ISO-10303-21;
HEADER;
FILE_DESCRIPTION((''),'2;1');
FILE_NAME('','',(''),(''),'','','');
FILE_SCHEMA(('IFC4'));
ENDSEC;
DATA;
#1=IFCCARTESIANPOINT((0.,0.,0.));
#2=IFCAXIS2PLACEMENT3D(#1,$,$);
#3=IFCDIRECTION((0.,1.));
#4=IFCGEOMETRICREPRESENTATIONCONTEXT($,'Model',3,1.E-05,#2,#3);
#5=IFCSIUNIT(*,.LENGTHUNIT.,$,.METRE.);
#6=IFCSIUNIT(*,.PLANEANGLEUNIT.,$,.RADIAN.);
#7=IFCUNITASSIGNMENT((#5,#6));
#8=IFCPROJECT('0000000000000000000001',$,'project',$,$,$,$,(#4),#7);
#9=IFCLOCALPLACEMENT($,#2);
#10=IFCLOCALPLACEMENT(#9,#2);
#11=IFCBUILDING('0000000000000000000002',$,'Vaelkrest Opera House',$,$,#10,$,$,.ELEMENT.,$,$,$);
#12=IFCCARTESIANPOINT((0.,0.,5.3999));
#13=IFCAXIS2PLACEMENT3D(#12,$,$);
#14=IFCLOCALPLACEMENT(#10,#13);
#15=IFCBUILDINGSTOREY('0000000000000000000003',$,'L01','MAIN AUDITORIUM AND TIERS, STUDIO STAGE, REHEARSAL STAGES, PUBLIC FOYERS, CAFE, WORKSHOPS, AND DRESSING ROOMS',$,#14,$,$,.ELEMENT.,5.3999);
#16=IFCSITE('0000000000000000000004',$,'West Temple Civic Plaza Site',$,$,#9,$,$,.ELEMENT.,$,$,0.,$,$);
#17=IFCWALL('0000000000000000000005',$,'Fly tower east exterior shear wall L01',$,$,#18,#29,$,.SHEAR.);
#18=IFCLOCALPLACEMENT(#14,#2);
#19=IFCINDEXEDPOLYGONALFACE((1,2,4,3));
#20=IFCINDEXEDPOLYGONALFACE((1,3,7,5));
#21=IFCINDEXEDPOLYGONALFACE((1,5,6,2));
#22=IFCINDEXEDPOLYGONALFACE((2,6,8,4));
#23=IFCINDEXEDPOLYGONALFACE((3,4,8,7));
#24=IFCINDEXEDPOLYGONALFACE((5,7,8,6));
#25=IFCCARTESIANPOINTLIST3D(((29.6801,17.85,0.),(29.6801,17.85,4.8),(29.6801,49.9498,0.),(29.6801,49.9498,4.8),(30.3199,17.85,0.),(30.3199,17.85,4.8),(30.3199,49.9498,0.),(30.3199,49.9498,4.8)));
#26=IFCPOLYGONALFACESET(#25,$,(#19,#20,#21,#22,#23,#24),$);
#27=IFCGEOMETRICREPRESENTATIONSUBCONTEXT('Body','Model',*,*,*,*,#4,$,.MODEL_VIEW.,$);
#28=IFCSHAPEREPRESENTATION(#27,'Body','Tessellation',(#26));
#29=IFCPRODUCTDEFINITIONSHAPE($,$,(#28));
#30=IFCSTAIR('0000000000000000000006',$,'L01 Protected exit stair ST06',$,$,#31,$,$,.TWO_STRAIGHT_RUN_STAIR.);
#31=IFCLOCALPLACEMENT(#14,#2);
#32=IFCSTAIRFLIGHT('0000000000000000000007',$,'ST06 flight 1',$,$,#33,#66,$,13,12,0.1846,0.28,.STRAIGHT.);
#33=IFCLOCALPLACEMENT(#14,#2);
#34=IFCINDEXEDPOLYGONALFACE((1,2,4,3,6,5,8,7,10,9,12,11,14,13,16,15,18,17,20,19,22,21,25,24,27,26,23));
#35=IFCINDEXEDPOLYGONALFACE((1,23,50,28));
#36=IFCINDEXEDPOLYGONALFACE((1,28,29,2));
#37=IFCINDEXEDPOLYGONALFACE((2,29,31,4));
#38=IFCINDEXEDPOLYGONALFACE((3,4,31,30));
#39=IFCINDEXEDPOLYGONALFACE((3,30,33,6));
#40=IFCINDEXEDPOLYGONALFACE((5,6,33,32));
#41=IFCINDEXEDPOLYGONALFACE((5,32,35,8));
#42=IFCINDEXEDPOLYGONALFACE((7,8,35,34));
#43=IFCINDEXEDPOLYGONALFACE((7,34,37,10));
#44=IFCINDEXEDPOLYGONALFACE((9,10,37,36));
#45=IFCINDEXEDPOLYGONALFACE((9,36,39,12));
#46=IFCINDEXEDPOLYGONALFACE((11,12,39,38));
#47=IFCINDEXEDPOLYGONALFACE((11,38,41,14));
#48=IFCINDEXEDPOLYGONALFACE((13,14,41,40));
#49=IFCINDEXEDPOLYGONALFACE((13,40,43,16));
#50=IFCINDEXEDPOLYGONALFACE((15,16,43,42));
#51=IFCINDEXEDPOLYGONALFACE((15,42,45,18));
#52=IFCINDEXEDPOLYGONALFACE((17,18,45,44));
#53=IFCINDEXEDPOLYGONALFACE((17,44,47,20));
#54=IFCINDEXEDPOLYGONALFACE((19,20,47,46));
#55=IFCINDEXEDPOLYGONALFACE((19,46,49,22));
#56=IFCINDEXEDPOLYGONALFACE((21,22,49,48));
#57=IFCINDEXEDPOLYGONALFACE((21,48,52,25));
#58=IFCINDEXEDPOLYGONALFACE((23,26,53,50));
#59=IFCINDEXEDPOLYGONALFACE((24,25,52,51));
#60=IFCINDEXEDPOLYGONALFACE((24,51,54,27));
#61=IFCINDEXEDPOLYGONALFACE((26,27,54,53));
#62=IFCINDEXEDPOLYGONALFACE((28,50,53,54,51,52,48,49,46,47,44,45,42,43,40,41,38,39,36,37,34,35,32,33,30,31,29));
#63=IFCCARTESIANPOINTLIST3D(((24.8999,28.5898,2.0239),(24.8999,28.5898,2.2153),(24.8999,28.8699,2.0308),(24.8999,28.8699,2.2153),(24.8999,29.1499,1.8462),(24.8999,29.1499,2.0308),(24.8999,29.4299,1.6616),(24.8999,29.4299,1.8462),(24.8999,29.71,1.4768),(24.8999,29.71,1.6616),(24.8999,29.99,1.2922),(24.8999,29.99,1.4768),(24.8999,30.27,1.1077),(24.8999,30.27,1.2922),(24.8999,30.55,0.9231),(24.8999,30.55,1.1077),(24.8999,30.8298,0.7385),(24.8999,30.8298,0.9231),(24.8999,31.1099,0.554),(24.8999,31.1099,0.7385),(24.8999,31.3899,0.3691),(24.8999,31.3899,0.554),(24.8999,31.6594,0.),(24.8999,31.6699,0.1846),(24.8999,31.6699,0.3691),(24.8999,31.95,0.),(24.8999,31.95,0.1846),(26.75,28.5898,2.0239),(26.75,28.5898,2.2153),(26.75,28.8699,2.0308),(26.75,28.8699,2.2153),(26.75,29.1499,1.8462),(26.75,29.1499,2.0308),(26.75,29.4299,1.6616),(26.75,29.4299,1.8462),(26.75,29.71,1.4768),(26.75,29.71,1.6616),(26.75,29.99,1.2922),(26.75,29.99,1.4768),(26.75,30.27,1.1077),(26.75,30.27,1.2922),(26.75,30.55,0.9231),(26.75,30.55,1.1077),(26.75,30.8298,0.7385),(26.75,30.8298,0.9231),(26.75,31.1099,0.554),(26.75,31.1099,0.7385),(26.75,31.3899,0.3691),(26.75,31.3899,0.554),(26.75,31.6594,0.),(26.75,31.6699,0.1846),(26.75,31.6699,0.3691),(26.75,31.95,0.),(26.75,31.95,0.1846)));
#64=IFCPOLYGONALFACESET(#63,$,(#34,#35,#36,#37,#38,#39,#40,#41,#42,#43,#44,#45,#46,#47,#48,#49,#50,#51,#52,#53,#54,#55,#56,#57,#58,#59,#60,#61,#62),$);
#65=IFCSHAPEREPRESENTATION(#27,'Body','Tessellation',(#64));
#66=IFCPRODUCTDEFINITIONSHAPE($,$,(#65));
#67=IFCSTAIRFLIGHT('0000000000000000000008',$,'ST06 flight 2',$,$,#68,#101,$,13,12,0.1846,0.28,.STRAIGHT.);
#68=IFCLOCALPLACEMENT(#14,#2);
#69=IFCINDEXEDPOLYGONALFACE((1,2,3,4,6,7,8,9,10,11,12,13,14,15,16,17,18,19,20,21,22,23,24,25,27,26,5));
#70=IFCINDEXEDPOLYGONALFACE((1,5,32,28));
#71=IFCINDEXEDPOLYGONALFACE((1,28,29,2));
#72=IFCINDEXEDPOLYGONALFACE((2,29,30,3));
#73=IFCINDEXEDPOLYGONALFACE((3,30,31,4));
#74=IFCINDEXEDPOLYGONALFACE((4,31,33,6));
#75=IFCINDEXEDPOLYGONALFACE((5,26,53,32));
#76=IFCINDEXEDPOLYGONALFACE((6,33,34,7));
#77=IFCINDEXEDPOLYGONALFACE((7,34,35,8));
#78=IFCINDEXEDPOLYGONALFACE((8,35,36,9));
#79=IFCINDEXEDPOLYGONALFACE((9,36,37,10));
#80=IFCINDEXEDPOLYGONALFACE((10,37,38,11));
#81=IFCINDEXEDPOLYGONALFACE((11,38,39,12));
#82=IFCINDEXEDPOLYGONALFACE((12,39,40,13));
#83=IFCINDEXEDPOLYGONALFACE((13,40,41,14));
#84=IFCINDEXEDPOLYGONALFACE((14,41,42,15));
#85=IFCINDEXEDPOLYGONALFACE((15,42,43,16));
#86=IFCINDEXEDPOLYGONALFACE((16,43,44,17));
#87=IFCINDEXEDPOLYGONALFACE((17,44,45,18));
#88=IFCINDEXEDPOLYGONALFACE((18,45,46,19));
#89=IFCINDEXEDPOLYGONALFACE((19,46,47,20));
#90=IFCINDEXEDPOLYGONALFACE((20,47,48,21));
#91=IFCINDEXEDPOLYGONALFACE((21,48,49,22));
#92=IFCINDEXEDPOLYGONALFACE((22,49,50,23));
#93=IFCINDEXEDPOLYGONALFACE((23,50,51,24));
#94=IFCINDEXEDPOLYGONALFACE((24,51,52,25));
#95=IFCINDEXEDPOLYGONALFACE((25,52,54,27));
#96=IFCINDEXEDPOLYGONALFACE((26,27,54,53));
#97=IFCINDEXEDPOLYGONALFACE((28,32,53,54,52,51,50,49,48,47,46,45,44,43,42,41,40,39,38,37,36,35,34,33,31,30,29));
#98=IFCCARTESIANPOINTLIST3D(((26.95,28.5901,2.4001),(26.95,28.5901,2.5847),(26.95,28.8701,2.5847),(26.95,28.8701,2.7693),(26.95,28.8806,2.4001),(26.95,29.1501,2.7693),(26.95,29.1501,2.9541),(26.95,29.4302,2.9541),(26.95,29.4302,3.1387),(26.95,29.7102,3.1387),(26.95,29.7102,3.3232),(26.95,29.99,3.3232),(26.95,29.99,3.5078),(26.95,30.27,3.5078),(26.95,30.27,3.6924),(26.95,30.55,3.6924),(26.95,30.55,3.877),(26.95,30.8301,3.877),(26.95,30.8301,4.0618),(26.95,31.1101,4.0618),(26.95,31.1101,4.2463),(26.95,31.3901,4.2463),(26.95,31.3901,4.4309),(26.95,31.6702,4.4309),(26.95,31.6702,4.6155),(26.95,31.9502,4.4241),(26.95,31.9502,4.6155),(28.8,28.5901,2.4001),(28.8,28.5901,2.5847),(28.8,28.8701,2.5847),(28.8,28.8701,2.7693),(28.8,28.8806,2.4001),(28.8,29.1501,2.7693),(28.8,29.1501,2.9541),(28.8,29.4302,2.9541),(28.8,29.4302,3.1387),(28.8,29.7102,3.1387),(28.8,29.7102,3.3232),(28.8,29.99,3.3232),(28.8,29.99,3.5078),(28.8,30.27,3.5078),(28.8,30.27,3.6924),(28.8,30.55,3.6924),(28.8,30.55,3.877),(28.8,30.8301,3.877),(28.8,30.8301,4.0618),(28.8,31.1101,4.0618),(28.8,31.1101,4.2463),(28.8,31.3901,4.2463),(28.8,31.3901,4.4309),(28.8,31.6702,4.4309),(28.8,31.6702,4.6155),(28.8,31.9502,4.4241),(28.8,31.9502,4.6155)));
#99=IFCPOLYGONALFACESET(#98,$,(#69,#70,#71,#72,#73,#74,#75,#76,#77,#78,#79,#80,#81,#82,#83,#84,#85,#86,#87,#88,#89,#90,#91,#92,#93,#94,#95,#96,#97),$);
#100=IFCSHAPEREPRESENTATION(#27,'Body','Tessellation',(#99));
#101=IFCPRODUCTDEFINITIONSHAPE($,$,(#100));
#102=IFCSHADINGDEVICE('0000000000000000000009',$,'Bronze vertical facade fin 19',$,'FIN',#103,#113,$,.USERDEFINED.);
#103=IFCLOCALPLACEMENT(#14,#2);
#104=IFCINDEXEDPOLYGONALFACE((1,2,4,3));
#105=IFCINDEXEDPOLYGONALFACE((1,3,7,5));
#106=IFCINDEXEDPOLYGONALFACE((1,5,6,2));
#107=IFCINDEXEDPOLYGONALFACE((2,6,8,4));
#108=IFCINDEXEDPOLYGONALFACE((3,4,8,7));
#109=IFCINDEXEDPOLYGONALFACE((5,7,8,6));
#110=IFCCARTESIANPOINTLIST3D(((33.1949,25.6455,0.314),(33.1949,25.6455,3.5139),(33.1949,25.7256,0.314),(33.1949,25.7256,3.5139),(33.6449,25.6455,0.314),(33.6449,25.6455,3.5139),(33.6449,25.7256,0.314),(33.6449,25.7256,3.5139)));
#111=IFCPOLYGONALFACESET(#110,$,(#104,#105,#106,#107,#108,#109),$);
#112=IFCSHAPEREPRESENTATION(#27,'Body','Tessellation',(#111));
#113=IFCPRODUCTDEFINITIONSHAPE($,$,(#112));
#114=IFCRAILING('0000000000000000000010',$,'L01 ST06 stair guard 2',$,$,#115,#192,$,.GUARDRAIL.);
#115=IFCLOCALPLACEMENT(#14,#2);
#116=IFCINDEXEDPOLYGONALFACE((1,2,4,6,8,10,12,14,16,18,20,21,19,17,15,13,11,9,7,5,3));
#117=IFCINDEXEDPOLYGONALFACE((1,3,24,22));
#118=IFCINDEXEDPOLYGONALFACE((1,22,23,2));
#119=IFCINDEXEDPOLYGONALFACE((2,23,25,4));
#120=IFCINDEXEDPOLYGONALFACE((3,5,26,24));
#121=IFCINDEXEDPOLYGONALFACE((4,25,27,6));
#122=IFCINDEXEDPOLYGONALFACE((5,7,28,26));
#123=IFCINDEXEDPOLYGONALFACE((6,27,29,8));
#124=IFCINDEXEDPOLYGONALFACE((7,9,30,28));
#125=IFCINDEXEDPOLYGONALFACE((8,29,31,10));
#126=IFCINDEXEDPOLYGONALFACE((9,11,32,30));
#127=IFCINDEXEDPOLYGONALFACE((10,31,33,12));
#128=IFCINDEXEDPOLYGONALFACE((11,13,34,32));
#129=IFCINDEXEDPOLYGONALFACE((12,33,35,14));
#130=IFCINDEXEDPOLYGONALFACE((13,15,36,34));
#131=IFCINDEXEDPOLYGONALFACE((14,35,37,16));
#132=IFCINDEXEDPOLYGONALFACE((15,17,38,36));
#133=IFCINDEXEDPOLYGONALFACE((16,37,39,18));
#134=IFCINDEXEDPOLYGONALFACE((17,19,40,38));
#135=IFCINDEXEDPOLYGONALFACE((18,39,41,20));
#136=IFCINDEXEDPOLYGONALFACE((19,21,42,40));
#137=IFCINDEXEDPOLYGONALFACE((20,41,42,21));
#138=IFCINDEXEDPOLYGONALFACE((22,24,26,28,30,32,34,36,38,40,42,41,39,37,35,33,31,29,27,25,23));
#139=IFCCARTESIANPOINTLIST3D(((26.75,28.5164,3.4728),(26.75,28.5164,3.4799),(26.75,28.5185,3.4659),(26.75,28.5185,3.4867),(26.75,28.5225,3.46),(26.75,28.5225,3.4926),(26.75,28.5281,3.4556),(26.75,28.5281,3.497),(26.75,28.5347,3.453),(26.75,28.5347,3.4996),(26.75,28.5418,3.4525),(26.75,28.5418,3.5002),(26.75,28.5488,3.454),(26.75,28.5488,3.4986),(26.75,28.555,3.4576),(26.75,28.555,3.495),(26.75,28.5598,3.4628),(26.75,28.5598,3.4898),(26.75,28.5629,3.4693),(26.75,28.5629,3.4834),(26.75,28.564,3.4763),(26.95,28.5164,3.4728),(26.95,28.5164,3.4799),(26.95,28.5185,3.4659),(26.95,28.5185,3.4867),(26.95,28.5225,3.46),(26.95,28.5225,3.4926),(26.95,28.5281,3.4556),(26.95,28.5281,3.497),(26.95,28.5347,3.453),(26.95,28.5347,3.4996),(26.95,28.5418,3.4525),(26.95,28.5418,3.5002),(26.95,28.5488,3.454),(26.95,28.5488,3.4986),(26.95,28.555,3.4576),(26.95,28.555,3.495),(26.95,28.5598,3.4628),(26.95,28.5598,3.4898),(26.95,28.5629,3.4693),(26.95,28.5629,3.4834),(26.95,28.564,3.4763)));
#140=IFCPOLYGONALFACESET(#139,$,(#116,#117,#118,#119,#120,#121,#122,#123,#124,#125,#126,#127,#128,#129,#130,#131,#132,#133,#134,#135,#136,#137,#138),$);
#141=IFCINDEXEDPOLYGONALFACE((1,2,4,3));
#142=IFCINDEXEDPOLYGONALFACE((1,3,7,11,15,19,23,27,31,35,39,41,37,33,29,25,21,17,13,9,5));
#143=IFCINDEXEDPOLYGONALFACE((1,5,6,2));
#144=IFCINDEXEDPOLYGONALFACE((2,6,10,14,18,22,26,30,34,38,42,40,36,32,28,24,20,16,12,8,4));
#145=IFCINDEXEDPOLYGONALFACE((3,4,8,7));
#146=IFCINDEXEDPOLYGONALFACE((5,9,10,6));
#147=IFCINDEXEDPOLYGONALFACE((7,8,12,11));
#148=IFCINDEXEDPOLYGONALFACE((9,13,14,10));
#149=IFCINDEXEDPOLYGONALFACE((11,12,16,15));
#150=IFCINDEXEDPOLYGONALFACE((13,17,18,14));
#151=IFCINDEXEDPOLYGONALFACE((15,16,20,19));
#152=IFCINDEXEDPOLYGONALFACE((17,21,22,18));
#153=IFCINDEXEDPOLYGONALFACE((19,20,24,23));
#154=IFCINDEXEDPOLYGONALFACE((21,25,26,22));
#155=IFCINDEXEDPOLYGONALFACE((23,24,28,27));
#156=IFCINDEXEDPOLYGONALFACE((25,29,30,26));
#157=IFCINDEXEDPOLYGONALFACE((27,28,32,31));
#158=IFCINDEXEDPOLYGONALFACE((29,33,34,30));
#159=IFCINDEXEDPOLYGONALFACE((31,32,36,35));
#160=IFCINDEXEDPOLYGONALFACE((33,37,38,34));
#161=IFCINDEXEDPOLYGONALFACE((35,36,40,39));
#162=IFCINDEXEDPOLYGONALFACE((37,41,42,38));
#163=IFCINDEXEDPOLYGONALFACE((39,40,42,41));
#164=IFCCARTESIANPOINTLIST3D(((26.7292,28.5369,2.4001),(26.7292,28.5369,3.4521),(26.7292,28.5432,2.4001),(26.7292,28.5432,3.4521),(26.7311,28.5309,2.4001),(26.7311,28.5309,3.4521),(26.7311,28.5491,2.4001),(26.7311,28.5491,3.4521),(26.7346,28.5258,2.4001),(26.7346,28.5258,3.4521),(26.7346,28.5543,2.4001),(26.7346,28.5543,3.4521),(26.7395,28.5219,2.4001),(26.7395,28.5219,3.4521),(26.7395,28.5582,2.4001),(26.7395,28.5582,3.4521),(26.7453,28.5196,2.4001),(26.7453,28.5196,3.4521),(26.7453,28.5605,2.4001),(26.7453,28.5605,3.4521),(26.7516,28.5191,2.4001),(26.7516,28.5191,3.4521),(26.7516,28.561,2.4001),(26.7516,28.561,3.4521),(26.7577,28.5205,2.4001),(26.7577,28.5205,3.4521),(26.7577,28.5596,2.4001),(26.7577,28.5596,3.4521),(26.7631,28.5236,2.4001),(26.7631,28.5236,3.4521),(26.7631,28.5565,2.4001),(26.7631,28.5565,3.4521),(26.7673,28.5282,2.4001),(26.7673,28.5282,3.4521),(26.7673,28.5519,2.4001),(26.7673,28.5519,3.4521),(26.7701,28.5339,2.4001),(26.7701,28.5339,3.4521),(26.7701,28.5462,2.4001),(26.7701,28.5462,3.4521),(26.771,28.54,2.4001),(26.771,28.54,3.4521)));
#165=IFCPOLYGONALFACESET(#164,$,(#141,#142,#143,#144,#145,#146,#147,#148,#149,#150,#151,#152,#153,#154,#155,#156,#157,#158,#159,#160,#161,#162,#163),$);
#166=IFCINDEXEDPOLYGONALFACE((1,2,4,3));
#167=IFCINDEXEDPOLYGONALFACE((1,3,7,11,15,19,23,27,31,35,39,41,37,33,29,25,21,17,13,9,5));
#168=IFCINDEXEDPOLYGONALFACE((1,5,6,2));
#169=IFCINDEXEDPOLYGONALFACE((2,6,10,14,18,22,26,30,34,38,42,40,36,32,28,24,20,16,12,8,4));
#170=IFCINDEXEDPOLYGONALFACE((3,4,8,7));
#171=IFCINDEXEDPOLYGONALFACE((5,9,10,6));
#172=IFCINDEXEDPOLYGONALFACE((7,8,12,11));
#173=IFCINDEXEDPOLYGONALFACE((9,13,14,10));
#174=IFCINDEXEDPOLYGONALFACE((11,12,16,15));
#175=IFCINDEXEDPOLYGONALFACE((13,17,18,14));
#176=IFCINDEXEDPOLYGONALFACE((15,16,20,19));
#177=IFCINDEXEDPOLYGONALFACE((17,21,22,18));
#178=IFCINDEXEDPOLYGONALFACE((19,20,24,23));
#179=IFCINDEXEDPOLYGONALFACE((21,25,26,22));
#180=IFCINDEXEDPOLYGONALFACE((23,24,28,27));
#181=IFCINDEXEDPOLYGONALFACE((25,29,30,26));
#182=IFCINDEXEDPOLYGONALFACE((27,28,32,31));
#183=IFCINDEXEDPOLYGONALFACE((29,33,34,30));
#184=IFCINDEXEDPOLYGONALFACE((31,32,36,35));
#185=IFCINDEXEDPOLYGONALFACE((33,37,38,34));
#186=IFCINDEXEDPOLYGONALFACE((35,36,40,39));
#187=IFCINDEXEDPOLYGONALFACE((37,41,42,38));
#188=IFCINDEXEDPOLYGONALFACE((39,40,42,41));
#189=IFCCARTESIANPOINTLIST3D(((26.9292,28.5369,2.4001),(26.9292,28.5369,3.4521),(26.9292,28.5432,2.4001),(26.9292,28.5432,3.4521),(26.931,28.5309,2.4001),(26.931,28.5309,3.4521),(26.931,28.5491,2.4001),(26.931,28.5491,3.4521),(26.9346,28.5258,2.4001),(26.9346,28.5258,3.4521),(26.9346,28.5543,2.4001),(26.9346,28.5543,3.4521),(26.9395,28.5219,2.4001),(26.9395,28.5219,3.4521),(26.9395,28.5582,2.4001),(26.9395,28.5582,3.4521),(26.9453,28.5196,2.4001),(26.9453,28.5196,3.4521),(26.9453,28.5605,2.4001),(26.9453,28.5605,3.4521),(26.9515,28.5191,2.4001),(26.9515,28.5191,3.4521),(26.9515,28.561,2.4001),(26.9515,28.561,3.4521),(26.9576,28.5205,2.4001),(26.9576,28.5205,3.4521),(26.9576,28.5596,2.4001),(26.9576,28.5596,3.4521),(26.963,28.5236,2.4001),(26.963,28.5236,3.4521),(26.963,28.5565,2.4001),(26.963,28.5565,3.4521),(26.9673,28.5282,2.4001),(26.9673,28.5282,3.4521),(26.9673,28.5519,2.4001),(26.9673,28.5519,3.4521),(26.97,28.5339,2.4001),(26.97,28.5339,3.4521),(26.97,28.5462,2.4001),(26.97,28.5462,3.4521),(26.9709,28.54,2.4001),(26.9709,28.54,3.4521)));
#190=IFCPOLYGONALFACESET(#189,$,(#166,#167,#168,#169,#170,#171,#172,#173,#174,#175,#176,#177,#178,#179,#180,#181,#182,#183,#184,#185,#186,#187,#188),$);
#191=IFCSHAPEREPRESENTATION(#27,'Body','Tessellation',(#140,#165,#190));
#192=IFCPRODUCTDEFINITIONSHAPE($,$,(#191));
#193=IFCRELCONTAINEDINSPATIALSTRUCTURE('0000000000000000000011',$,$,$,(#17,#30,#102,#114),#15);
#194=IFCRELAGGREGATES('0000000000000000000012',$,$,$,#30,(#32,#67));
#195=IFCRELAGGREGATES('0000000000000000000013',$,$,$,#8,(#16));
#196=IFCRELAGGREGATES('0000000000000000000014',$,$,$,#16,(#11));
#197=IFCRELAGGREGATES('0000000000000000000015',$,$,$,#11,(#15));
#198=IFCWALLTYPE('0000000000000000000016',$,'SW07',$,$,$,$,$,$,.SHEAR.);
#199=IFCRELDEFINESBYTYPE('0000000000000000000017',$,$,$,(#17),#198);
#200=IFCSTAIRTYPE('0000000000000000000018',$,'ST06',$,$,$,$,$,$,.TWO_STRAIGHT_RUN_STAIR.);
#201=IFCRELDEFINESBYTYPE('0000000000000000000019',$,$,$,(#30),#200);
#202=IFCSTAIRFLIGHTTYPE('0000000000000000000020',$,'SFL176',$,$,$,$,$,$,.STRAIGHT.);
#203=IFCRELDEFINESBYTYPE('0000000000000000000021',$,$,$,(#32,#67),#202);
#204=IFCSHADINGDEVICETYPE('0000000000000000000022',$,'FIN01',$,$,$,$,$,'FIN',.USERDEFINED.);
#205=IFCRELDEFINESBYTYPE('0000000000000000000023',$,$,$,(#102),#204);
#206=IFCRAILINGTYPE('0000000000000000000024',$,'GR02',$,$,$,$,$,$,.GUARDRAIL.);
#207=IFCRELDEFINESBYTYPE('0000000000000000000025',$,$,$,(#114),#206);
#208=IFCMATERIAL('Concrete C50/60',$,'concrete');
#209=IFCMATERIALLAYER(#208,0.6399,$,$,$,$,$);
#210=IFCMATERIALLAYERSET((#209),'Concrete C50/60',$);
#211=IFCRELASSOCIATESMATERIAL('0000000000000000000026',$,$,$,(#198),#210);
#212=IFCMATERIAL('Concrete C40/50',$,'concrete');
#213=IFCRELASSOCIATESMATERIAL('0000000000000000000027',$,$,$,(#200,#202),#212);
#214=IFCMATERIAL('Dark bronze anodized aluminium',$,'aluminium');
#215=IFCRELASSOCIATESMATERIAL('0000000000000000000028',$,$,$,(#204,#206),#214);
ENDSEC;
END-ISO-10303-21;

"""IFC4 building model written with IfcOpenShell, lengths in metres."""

from ifc_helpers import new_model, si_unit, direction, frame, frame_2d, origin, origin_2d, place, context, subcontext, project, spatial, polyline, rectangle, circle, outline, extrude, material, layer, layer_set, type_object, element, aggregate, save


model = new_model("IFC4")

# Units and contexts
model_context = context("Model", 3, precision=1e-05, world=origin(), true_north=direction((0.0, 1.0)))
body_context = subcontext(model_context, "Body", "Model", "MODEL_VIEW")
ifc_project = project(units=[si_unit("LENGTHUNIT", "METRE"), si_unit("PLANEANGLEUNIT", "RADIAN")], contexts=[model_context])

# Site, building, storey
site_placement = place(None, origin())
site = spatial("IfcSite", under=ifc_project, at=site_placement, Name="West Temple Civic Plaza Site", CompositionType="ELEMENT", RefElevation=0.0)
building_placement = place(site_placement, origin())
building = spatial("IfcBuilding", under=site, at=building_placement, Name="Vaelkrest Opera House", CompositionType="ELEMENT")
storey_placement = place(building_placement, frame((0.0, 0.0, 5.3999)))
storey = spatial("IfcBuildingStorey", under=building, at=storey_placement, Name="L01", Description="MAIN AUDITORIUM AND TIERS, STUDIO STAGE, REHEARSAL STAGES, PUBLIC FOYERS, CAFE, WORKSHOPS, AND DRESSING ROOMS", CompositionType="ELEMENT", Elevation=5.3999)

# Shared definitions
ifc_material_1 = material(Name="Concrete C50/60", Category="concrete")

# Wall
ifc_layer_1 = layer(ifc_material_1, 0.6399)
ifc_layer_set_1 = layer_set([ifc_layer_1], Name="Concrete C50/60")
wall_type_1 = type_object("IfcWallType", Name="SW07", PredefinedType="SHEAR", material=ifc_layer_set_1)
wall_1_placement = place(storey_placement, frame((30.0, 17.8501, 0.0), z_axis=(0.0, 0.0, 1.0), x_axis=(0.0, 1.0, 0.0)))
element("IfcWall", 1, at=wall_1_placement, inside=storey, type_object=wall_type_1, Name="Fly tower east exterior shear wall L01", PredefinedType="SHEAR", context=body_context, shape_type="SweptSolid", body=[
    extrude(rectangle(XDim=32.0999, YDim=0.6399, at=frame_2d((16.0498, 0.0))), origin(), (0.0, 0.0, 1.0), 4.8),
])

# Stair, stair flights
ifc_material_2 = material(Name="Concrete C40/50", Category="concrete")
stair_type = type_object("IfcStairType", Name="ST06", PredefinedType="TWO_STRAIGHT_RUN_STAIR", material=ifc_material_2)
stair_placement = place(storey_placement, origin())
stair = element("IfcStair", 2, at=stair_placement, inside=storey, type_object=stair_type, Name="L01 Protected exit stair ST06", PredefinedType="TWO_STRAIGHT_RUN_STAIR")
stair_flight_type = type_object("IfcStairFlightType", Name="SFL176", PredefinedType="STRAIGHT", material=ifc_material_2)
stair_flight_1_placement = place(storey_placement, frame((25.825, 31.95, 0.0), z_axis=(0.0, 0.0, 1.0), x_axis=(0.0, -1.0, 0.0)))
stair_flight_1 = element("IfcStairFlight", 3, at=stair_flight_1_placement, type_object=stair_flight_type, Name="ST06 flight 1", NumberOfRisers=13, NumberOfTreads=12, PredefinedType="STRAIGHT", RiserHeight=0.1846, TreadLength=0.28, context=body_context, shape_type="SweptSolid", body=[
    extrude(outline(polyline([(0.0, 0.0), (0.0, 0.1846), (0.28, 0.1846), (0.28, 0.3691), (0.5601, 0.3691), (0.5601, 0.554), (0.8401, 0.554), (0.8401, 0.7385), (1.1201, 0.7385), (1.1201, 0.9231), (1.3999, 0.9231), (1.3999, 1.1077), (1.6799, 1.1077), (1.6799, 1.2922), (1.96, 1.2922), (1.96, 1.4768), (2.24, 1.4768), (2.24, 1.6616), (2.52, 1.6616), (2.52, 1.8462), (2.8, 1.8462), (2.8, 2.0308), (3.0801, 2.0308), (3.0801, 2.2153), (3.3601, 2.2153), (3.3601, 2.3999), (3.3601, 2.0239), (0.2905, 0.0), (0.0, 0.0)])), frame((0.0, 0.925, 0.0), z_axis=(0.0, -1.0, 0.0), x_axis=(1.0, 0.0, 0.0)), (0.0, 0.0, 1.0), 1.8501),
])
stair_flight_2_placement = place(storey_placement, frame((27.875, 28.5901, 2.4001), z_axis=(0.0, 0.0, 1.0), x_axis=(0.0, 1.0, 0.0)))
stair_flight_2 = element("IfcStairFlight", 4, at=stair_flight_2_placement, type_object=stair_flight_type, Name="ST06 flight 2", NumberOfRisers=13, NumberOfTreads=12, PredefinedType="STRAIGHT", RiserHeight=0.1846, TreadLength=0.28, context=body_context, shape_type="SweptSolid", body=[
    extrude(outline(polyline([(0.0, 0.0), (0.0, 0.1846), (0.28, 0.1846), (0.28, 0.3691), (0.5601, 0.3691), (0.5601, 0.554), (0.8401, 0.554), (0.8401, 0.7385), (1.1201, 0.7385), (1.1201, 0.9231), (1.3999, 0.9231), (1.3999, 1.1077), (1.6799, 1.1077), (1.6799, 1.2922), (1.96, 1.2922), (1.96, 1.4768), (2.24, 1.4768), (2.24, 1.6616), (2.52, 1.6616), (2.52, 1.8462), (2.8, 1.8462), (2.8, 2.0308), (3.0801, 2.0308), (3.0801, 2.2153), (3.3601, 2.2153), (3.3601, 2.3999), (3.3601, 2.0239), (0.2905, 0.0), (0.0, 0.0)])), frame((0.0, 0.925, 0.0), z_axis=(0.0, -1.0, 0.0), x_axis=(1.0, 0.0, 0.0)), (0.0, 0.0, 1.0), 1.8501),
])
aggregate(stair, [stair_flight_1, stair_flight_2])

# Shading device
ifc_material_3 = material(Name="Dark bronze anodized aluminium", Category="aluminium")
shading_device_type = type_object("IfcShadingDeviceType", Name="FIN01", ElementType="FIN", PredefinedType="USERDEFINED", material=ifc_material_3)
shading_device_placement = place(storey_placement, frame((33.4199, 25.6855, 0.314), z_axis=(0.0, 0.0, 1.0), x_axis=(-1.0, 0.0, 0.0)))
element("IfcShadingDevice", 5, at=shading_device_placement, inside=storey, type_object=shading_device_type, Name="Bronze vertical facade fin 19", ObjectType="FIN", PredefinedType="USERDEFINED", context=body_context, shape_type="SweptSolid", body=[
    extrude(rectangle(XDim=0.45, YDim=0.0801, at=origin_2d()), origin(), (0.0, 0.0, 1.0), 3.2),
])

# Railing
railing_type_1 = type_object("IfcRailingType", Name="GR02", PredefinedType="GUARDRAIL", material=ifc_material_3)
railing_1_placement = place(storey_placement, frame((26.75, 28.54, 2.4001)))
element("IfcRailing", 6, at=railing_1_placement, inside=storey, type_object=railing_type_1, Name="L01 ST06 stair guard 2", PredefinedType="GUARDRAIL", context=body_context, shape_type="SweptSolid", body=[
    extrude(circle(Radius=0.0239, at=origin_2d()), frame((0.0, 0.0, 1.0762), z_axis=(1.0, 0.0, 0.0), x_axis=(0.0, 1.0, 0.0)), (0.0, 0.0, 1.0), 0.2),
    extrude(circle(Radius=0.021, at=origin_2d()), origin(), (0.0, 0.0, 1.0), 1.052),
    extrude(circle(Radius=0.021, at=origin_2d()), frame((0.2, 0.0, 0.0)), (0.0, 0.0, 1.0), 1.052),
])

save(model, "model.ifc")
